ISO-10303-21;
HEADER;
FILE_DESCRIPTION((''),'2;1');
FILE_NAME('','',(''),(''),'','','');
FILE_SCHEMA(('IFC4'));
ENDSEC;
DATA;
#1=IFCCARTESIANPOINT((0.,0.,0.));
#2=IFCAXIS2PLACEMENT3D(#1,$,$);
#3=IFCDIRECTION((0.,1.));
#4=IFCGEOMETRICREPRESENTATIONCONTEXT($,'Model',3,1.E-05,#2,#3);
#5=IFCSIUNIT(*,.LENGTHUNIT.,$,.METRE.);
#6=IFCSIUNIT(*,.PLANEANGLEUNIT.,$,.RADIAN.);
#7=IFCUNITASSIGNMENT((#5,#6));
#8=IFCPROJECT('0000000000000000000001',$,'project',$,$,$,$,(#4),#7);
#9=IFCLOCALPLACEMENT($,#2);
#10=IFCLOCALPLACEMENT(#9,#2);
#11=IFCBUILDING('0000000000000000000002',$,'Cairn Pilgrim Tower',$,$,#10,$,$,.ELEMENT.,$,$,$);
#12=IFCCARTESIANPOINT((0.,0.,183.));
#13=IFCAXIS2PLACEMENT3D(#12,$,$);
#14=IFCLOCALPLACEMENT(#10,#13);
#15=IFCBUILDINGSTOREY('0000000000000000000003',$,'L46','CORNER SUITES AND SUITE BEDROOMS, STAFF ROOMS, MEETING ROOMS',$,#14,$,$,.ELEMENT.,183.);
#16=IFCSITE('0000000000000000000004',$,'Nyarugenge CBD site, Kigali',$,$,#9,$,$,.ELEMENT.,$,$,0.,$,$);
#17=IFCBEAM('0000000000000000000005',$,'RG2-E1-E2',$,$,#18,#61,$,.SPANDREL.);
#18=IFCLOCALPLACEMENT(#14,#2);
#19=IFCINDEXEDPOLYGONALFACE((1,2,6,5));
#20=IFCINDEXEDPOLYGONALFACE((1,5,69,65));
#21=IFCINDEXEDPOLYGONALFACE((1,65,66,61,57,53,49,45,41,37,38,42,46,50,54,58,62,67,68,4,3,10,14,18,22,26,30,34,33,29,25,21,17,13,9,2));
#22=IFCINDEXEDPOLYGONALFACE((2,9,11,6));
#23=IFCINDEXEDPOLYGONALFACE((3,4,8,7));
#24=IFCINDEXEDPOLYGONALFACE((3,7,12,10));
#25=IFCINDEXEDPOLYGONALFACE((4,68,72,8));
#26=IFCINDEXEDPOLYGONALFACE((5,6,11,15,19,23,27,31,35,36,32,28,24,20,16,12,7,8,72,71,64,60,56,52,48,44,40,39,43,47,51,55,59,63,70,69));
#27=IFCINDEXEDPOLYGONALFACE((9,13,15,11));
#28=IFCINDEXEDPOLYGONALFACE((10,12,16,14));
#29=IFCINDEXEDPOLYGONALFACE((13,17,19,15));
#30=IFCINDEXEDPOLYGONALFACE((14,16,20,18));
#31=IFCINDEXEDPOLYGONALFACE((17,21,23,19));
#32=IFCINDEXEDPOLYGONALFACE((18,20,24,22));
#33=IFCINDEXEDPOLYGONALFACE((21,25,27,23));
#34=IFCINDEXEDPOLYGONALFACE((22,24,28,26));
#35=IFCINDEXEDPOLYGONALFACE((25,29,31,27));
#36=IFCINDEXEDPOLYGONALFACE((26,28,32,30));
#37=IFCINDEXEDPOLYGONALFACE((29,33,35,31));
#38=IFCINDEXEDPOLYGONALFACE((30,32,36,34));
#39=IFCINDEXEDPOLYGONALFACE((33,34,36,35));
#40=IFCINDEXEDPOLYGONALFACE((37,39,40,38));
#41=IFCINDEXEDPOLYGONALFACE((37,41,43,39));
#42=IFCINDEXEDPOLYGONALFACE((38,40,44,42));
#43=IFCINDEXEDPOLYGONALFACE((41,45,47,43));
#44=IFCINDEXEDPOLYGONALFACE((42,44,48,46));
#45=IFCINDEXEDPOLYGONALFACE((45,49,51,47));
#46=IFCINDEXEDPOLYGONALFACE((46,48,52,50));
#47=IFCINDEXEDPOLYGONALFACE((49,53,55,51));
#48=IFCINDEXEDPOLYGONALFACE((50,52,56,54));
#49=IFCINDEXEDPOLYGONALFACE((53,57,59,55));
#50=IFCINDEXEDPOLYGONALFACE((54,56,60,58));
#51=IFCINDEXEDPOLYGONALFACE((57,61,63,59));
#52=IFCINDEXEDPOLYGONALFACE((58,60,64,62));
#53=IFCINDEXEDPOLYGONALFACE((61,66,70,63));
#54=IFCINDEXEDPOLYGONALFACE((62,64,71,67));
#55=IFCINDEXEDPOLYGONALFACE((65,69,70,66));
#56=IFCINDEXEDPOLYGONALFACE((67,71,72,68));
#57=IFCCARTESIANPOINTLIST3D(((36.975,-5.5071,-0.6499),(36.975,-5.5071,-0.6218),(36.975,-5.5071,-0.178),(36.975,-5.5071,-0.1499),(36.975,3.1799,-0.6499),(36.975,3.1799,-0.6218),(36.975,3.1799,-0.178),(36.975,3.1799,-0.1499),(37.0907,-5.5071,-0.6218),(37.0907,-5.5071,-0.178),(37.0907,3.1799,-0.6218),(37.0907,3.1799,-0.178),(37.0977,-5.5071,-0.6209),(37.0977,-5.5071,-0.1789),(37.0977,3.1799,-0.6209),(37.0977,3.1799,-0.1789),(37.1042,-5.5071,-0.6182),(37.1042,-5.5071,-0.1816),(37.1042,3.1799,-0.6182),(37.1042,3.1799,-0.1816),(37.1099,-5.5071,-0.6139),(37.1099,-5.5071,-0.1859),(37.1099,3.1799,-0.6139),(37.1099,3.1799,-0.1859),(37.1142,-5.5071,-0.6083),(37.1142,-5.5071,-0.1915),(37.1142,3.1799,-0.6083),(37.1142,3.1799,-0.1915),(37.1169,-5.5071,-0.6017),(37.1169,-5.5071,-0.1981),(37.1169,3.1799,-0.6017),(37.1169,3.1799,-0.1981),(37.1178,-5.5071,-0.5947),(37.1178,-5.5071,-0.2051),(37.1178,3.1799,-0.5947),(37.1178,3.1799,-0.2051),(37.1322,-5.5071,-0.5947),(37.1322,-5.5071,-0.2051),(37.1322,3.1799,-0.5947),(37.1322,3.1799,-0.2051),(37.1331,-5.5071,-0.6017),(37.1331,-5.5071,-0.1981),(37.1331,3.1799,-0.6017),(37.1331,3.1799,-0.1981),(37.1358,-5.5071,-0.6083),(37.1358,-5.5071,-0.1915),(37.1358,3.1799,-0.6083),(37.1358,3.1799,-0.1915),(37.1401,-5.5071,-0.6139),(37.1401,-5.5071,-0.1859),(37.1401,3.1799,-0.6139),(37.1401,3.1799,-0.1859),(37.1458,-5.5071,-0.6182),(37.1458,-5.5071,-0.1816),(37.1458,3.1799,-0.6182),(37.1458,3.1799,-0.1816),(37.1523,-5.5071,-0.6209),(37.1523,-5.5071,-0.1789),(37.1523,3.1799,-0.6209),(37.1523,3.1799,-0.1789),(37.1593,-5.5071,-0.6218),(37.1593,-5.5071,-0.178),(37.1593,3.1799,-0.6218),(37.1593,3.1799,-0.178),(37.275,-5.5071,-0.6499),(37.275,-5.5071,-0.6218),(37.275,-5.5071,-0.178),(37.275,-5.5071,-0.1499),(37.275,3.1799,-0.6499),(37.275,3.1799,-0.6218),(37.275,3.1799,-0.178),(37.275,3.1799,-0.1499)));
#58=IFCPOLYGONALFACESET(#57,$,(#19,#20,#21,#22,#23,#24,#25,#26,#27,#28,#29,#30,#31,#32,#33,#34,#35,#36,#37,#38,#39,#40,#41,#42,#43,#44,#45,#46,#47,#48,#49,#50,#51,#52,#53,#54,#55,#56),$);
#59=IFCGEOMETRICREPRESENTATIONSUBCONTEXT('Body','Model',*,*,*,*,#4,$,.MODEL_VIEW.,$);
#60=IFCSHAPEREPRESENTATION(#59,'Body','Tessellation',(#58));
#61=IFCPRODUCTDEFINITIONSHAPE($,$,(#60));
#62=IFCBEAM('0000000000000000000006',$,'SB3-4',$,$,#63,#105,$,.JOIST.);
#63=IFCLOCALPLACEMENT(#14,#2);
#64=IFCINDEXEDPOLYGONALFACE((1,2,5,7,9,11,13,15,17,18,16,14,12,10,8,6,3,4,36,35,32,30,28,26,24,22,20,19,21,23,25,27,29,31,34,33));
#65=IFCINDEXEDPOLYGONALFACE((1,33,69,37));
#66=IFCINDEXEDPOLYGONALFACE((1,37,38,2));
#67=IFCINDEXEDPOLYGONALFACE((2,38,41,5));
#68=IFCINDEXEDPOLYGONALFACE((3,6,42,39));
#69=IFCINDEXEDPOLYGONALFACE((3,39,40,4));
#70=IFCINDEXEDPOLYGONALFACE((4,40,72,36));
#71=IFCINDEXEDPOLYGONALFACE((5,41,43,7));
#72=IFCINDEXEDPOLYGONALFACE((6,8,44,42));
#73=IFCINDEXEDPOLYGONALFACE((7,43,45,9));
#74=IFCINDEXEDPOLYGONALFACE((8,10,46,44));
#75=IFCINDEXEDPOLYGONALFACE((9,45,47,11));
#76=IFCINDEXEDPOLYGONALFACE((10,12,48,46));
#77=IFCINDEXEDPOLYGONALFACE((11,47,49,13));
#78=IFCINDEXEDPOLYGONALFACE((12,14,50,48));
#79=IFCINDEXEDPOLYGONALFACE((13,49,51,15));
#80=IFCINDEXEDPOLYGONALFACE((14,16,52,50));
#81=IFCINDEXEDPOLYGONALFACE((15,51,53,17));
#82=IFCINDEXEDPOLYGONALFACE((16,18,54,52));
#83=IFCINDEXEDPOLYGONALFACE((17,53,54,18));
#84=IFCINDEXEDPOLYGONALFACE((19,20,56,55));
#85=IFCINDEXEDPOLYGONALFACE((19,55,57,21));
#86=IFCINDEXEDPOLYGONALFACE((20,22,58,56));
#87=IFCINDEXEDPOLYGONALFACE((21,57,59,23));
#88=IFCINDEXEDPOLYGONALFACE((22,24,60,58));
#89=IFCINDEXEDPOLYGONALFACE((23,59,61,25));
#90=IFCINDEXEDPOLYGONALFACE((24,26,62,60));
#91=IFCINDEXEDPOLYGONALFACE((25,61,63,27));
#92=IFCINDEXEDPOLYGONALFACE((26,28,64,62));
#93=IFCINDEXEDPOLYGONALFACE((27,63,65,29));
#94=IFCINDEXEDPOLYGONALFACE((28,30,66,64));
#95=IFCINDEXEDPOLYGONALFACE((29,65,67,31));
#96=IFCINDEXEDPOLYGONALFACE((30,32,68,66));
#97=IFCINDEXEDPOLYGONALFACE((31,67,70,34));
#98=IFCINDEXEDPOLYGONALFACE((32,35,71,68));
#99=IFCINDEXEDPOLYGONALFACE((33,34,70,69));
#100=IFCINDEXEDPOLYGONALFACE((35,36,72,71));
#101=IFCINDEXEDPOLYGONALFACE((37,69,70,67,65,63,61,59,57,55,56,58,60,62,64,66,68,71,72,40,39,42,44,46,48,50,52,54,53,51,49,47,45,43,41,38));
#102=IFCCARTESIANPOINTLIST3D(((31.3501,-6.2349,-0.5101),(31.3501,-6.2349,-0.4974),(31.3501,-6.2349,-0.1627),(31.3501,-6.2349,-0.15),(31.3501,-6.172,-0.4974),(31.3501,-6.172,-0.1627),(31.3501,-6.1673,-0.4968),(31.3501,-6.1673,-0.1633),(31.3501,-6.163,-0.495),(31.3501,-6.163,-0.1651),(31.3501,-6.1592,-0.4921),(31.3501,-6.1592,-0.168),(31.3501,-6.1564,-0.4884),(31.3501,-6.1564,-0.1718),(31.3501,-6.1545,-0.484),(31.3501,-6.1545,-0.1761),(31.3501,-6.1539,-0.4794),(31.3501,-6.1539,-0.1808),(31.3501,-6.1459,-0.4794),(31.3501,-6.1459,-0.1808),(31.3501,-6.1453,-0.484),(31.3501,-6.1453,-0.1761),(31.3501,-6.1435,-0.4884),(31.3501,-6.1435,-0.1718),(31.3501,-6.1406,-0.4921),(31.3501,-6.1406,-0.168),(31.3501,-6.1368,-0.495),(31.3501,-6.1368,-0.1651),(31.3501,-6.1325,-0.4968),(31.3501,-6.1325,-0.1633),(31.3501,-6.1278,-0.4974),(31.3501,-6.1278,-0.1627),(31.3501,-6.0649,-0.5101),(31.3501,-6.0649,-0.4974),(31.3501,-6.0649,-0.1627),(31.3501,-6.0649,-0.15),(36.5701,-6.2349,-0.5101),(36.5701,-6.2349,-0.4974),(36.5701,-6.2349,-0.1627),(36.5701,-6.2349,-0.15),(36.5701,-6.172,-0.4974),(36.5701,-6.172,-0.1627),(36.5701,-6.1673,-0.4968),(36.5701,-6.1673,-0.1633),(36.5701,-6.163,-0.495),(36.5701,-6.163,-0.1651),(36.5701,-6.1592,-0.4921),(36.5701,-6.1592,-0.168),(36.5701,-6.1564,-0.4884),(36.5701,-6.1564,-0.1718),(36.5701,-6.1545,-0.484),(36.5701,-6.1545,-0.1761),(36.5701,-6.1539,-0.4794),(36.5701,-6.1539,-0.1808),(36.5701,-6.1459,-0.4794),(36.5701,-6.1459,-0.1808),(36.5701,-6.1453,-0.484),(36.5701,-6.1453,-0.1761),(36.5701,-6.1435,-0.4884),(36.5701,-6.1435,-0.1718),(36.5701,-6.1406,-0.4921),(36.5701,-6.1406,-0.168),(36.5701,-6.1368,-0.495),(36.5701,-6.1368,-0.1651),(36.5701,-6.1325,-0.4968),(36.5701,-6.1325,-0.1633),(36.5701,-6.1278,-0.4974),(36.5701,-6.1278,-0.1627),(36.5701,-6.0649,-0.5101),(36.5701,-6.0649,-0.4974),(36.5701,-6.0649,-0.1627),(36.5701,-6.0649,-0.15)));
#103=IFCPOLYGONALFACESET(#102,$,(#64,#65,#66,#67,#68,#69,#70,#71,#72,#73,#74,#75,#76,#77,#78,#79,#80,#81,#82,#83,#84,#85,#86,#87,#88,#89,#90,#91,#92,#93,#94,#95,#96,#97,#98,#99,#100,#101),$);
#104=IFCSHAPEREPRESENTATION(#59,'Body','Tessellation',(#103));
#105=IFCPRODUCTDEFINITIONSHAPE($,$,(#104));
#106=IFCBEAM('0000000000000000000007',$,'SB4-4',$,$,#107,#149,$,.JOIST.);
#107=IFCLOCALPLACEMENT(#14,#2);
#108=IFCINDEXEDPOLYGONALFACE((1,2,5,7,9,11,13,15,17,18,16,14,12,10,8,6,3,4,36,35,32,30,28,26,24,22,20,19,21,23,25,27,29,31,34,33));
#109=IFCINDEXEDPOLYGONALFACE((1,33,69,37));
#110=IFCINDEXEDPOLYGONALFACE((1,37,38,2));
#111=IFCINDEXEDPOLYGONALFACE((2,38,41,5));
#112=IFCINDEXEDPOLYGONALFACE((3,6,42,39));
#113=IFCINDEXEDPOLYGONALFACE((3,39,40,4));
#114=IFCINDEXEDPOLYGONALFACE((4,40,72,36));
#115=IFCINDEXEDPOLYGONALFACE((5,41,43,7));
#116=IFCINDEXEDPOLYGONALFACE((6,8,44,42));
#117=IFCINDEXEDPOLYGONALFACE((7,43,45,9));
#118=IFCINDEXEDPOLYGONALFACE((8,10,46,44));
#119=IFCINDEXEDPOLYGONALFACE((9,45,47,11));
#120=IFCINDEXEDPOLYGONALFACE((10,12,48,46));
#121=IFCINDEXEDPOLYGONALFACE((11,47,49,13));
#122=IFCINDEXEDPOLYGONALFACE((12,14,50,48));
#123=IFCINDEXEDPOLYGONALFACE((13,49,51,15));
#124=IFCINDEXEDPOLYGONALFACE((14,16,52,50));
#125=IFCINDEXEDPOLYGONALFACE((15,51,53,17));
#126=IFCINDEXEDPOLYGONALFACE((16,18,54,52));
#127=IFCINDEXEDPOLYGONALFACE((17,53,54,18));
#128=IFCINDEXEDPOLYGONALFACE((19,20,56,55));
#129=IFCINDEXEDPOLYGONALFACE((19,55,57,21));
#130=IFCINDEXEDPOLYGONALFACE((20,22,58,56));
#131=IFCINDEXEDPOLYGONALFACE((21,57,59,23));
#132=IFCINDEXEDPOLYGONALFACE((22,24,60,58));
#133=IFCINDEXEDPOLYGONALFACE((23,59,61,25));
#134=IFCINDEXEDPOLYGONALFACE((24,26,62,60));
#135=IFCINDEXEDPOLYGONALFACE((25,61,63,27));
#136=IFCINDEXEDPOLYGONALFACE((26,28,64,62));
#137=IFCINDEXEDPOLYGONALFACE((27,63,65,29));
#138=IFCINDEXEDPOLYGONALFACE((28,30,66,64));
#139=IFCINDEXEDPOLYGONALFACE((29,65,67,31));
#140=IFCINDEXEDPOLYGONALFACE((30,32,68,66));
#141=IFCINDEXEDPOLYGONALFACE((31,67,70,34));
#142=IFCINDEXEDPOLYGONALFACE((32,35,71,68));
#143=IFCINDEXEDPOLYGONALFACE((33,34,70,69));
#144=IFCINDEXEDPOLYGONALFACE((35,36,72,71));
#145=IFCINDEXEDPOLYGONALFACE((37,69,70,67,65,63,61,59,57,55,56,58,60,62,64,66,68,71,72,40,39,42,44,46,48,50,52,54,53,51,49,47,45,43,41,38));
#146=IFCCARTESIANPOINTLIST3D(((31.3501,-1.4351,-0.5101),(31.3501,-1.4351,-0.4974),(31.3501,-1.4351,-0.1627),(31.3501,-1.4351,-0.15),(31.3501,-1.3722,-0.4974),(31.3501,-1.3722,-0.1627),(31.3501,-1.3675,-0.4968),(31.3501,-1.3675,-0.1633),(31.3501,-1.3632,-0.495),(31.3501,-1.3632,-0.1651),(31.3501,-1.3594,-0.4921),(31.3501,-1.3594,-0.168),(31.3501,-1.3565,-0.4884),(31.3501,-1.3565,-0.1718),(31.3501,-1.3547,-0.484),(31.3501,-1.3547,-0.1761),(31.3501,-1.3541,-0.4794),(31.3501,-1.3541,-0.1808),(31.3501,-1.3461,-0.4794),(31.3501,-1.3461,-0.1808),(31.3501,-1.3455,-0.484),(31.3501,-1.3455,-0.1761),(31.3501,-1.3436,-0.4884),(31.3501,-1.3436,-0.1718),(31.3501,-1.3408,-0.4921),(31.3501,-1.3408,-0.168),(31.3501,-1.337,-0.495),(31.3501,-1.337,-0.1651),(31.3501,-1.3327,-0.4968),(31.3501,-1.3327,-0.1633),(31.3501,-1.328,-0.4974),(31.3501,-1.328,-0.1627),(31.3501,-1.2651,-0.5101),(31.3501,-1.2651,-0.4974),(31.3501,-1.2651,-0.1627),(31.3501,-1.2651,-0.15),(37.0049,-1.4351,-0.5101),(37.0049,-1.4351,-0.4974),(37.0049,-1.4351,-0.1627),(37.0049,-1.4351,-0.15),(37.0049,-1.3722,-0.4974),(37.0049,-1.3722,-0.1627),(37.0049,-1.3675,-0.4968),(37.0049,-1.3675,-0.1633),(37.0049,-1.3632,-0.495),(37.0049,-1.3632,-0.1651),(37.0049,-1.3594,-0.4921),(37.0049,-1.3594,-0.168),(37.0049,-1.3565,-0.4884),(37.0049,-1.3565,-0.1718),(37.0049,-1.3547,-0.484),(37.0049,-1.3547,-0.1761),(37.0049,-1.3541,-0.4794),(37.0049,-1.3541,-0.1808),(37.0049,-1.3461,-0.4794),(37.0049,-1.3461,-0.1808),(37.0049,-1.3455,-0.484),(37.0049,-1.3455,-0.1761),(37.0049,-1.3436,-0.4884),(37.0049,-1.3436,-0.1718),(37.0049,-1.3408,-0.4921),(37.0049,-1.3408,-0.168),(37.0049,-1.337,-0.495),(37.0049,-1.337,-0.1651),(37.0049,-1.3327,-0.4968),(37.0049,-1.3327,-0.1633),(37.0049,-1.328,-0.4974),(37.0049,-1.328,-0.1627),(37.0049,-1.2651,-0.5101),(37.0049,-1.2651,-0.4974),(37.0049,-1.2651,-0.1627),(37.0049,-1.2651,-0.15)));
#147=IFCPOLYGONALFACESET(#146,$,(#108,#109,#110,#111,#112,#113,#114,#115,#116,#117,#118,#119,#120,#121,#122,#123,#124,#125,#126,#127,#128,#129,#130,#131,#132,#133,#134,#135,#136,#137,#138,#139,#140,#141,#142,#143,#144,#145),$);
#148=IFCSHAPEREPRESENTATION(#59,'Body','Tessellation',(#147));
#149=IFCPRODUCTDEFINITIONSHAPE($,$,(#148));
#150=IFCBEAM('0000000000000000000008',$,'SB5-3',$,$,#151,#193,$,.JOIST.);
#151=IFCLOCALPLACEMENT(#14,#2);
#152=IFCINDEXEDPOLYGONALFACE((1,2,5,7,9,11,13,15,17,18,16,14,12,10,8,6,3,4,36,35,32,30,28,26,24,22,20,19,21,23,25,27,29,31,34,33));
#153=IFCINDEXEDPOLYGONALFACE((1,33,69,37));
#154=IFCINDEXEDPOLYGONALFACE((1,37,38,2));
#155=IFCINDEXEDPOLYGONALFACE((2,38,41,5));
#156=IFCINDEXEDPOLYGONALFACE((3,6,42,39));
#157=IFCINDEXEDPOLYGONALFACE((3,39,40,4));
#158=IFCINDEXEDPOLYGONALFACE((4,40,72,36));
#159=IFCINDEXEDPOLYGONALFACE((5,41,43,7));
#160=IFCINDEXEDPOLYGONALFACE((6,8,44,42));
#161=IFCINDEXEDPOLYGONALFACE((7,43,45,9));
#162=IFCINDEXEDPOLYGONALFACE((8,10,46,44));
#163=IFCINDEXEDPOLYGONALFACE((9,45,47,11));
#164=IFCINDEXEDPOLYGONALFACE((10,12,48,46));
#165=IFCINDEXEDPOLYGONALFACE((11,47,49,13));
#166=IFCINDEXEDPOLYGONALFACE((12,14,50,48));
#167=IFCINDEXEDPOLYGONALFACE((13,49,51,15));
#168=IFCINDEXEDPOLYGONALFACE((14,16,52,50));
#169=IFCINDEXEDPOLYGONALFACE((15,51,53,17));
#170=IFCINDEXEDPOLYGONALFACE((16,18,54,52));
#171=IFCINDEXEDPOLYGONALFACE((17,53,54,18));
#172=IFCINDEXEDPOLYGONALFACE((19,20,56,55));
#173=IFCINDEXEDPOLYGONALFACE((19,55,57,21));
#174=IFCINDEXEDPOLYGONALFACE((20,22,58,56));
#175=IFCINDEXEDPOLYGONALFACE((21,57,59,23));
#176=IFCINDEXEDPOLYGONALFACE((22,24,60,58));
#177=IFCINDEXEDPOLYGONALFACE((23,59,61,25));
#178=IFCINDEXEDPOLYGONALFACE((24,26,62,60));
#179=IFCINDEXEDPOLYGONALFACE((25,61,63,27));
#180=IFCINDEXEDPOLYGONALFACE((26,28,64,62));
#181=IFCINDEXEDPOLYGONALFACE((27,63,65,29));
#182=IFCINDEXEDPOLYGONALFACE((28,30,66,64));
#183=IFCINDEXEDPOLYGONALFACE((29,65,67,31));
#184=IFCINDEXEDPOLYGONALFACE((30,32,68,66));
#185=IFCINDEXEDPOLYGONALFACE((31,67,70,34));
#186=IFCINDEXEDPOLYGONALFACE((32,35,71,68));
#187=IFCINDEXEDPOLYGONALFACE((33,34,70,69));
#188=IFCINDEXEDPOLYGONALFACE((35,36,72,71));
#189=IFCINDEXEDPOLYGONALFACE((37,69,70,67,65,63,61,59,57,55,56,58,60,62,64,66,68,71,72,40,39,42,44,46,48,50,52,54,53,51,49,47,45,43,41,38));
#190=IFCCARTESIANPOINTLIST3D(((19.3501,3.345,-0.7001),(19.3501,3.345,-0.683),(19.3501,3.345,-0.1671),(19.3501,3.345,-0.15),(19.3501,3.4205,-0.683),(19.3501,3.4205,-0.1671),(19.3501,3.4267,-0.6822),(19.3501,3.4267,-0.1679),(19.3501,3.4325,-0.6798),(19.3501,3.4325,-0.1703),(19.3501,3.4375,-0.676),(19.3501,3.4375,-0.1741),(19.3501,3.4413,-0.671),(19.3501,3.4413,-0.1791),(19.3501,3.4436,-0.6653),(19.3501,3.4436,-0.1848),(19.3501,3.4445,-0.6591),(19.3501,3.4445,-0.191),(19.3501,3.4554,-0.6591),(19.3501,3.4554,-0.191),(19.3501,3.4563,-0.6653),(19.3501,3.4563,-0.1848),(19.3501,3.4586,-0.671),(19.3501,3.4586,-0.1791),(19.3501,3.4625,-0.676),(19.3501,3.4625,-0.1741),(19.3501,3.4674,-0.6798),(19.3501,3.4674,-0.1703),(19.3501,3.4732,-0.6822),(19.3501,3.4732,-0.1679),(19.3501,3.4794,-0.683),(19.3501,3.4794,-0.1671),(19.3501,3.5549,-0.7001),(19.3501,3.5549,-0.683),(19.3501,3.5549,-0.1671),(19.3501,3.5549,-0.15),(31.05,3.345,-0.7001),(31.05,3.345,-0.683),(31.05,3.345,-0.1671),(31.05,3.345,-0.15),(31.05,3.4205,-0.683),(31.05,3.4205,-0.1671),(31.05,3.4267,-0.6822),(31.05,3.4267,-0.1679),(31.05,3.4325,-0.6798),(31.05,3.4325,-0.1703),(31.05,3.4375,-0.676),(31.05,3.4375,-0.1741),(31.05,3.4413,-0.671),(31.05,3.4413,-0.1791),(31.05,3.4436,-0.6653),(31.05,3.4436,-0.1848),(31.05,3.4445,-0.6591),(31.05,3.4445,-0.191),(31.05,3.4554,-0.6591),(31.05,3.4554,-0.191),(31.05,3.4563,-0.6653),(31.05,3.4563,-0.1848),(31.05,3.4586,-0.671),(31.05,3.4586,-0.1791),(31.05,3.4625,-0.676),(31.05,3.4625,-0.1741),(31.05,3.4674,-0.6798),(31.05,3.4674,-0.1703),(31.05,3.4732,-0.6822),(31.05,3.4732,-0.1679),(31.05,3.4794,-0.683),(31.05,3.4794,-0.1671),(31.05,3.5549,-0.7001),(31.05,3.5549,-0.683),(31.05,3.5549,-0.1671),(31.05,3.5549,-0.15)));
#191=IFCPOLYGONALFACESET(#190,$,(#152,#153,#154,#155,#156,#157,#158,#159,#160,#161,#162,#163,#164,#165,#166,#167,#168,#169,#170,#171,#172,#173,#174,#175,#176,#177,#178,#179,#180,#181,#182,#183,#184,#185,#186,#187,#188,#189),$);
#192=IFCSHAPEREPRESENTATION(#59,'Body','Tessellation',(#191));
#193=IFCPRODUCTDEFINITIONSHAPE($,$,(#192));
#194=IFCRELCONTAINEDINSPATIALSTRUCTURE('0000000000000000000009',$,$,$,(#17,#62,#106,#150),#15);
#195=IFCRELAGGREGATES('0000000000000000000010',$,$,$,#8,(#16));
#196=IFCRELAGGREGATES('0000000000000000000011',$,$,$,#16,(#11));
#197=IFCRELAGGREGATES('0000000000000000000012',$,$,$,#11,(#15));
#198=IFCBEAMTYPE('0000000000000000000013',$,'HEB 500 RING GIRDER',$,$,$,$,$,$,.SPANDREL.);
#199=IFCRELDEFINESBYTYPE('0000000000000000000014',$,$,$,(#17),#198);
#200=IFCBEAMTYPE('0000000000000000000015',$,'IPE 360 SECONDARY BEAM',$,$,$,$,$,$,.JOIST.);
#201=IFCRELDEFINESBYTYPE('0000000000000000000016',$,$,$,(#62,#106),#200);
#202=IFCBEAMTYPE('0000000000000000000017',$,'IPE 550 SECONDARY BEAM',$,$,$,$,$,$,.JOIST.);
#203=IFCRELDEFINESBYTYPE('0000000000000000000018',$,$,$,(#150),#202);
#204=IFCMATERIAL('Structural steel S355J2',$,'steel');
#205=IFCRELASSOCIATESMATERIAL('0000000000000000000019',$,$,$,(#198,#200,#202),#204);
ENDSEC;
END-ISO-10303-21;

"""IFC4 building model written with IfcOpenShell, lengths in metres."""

from ifc_helpers import new_model, si_unit, direction, frame, origin, origin_2d, place, context, subcontext, project, spatial, i_section, extrude, material, material_profile, profile_set, type_object, element, save


model = new_model("IFC4")

# Units and contexts
model_context = context("Model", 3, precision=1e-05, world=origin(), true_north=direction((0.0, 1.0)))
body_context = subcontext(model_context, "Body", "Model", "MODEL_VIEW")
ifc_project = project(units=[si_unit("LENGTHUNIT", "METRE"), si_unit("PLANEANGLEUNIT", "RADIAN")], contexts=[model_context])

# Site, building, storey
site_placement = place(None, origin())
site = spatial("IfcSite", under=ifc_project, at=site_placement, Name="Nyarugenge CBD site, Kigali", CompositionType="ELEMENT", RefElevation=0.0)
building_placement = place(site_placement, origin())
building = spatial("IfcBuilding", under=site, at=building_placement, Name="Cairn Pilgrim Tower", CompositionType="ELEMENT")
storey_placement = place(building_placement, frame((0.0, 0.0, 183.0)))
storey = spatial("IfcBuildingStorey", under=building, at=storey_placement, Name="L46", Description="CORNER SUITES AND SUITE BEDROOMS, STAFF ROOMS, MEETING ROOMS", CompositionType="ELEMENT", Elevation=183.0)

# Beams
ifc_material_1 = material(Name="Structural steel S355J2", Category="steel")
ifc_material_profile_1 = material_profile(ifc_material_1, i_section(OverallWidth=0.3, OverallDepth=0.5, WebThickness=0.0144, FlangeThickness=0.0281, FilletRadius=0.0271, at=origin_2d()), Name="HEB 500")
ifc_profile_set_1 = profile_set([ifc_material_profile_1], Name="Structural steel S355J2")
beam_type_1 = type_object("IfcBeamType", Name="HEB 500 RING GIRDER", PredefinedType="SPANDREL", material=ifc_profile_set_1)
beam_1_placement = place(storey_placement, frame((37.125, -5.5071, -0.3999), z_axis=(0.0, 1.0, 0.0), x_axis=(-1.0, 0.0, 0.0)))
element("IfcBeam", 1, at=beam_1_placement, inside=storey, type_object=beam_type_1, Name="RG2-E1-E2", PredefinedType="SPANDREL", context=body_context, shape_type="SweptSolid", body=[
    extrude(i_section(OverallWidth=0.3, OverallDepth=0.5, WebThickness=0.0144, FlangeThickness=0.0281, FilletRadius=0.0271, at=origin_2d()), origin(), (0.0, 0.0, 1.0), 8.687),
])
ifc_material_profile_2 = material_profile(ifc_material_1, i_section(OverallWidth=0.1699, OverallDepth=0.3601, WebThickness=0.0081, FlangeThickness=0.0127, FilletRadius=0.0181, at=origin_2d()), Name="IPE 360")
ifc_profile_set_2 = profile_set([ifc_material_profile_2], Name="Structural steel S355J2")
beam_type_2 = type_object("IfcBeamType", Name="IPE 360 SECONDARY BEAM", PredefinedType="JOIST", material=ifc_profile_set_2)
beam_2_placement = place(storey_placement, frame((31.3501, -6.1499, -0.3301), z_axis=(1.0, 0.0, 0.0), x_axis=(0.0, 1.0, 0.0)))
element("IfcBeam", 2, at=beam_2_placement, inside=storey, type_object=beam_type_2, Name="SB3-4", PredefinedType="JOIST", context=body_context, shape_type="SweptSolid", body=[
    extrude(i_section(OverallWidth=0.1699, OverallDepth=0.3601, WebThickness=0.0081, FlangeThickness=0.0127, FilletRadius=0.0181, at=origin_2d()), origin(), (0.0, 0.0, 1.0), 5.22),
])
beam_3_placement = place(storey_placement, frame((31.3501, -1.3501, -0.3301), z_axis=(1.0, 0.0, 0.0), x_axis=(0.0, 1.0, 0.0)))
element("IfcBeam", 3, at=beam_3_placement, inside=storey, type_object=beam_type_2, Name="SB4-4", PredefinedType="JOIST", context=body_context, shape_type="SweptSolid", body=[
    extrude(i_section(OverallWidth=0.1699, OverallDepth=0.3601, WebThickness=0.0081, FlangeThickness=0.0127, FilletRadius=0.0181, at=origin_2d()), origin(), (0.0, 0.0, 1.0), 5.6548),
])
ifc_material_profile_3 = material_profile(ifc_material_1, i_section(OverallWidth=0.21, OverallDepth=0.55, WebThickness=0.011, FlangeThickness=0.0171, FilletRadius=0.0239, at=origin_2d()), Name="IPE 550")
ifc_profile_set_3 = profile_set([ifc_material_profile_3], Name="Structural steel S355J2")
beam_type_3 = type_object("IfcBeamType", Name="IPE 550 SECONDARY BEAM", PredefinedType="JOIST", material=ifc_profile_set_3)
beam_4_placement = place(storey_placement, frame((19.3501, 3.45, -0.425), z_axis=(1.0, 0.0, 0.0), x_axis=(0.0, 1.0, 0.0)))
element("IfcBeam", 4, at=beam_4_placement, inside=storey, type_object=beam_type_3, Name="SB5-3", PredefinedType="JOIST", context=body_context, shape_type="SweptSolid", body=[
    extrude(i_section(OverallWidth=0.21, OverallDepth=0.55, WebThickness=0.011, FlangeThickness=0.0171, FilletRadius=0.0239, at=origin_2d()), origin(), (0.0, 0.0, 1.0), 11.7),
])

save(model, "model.ifc")
